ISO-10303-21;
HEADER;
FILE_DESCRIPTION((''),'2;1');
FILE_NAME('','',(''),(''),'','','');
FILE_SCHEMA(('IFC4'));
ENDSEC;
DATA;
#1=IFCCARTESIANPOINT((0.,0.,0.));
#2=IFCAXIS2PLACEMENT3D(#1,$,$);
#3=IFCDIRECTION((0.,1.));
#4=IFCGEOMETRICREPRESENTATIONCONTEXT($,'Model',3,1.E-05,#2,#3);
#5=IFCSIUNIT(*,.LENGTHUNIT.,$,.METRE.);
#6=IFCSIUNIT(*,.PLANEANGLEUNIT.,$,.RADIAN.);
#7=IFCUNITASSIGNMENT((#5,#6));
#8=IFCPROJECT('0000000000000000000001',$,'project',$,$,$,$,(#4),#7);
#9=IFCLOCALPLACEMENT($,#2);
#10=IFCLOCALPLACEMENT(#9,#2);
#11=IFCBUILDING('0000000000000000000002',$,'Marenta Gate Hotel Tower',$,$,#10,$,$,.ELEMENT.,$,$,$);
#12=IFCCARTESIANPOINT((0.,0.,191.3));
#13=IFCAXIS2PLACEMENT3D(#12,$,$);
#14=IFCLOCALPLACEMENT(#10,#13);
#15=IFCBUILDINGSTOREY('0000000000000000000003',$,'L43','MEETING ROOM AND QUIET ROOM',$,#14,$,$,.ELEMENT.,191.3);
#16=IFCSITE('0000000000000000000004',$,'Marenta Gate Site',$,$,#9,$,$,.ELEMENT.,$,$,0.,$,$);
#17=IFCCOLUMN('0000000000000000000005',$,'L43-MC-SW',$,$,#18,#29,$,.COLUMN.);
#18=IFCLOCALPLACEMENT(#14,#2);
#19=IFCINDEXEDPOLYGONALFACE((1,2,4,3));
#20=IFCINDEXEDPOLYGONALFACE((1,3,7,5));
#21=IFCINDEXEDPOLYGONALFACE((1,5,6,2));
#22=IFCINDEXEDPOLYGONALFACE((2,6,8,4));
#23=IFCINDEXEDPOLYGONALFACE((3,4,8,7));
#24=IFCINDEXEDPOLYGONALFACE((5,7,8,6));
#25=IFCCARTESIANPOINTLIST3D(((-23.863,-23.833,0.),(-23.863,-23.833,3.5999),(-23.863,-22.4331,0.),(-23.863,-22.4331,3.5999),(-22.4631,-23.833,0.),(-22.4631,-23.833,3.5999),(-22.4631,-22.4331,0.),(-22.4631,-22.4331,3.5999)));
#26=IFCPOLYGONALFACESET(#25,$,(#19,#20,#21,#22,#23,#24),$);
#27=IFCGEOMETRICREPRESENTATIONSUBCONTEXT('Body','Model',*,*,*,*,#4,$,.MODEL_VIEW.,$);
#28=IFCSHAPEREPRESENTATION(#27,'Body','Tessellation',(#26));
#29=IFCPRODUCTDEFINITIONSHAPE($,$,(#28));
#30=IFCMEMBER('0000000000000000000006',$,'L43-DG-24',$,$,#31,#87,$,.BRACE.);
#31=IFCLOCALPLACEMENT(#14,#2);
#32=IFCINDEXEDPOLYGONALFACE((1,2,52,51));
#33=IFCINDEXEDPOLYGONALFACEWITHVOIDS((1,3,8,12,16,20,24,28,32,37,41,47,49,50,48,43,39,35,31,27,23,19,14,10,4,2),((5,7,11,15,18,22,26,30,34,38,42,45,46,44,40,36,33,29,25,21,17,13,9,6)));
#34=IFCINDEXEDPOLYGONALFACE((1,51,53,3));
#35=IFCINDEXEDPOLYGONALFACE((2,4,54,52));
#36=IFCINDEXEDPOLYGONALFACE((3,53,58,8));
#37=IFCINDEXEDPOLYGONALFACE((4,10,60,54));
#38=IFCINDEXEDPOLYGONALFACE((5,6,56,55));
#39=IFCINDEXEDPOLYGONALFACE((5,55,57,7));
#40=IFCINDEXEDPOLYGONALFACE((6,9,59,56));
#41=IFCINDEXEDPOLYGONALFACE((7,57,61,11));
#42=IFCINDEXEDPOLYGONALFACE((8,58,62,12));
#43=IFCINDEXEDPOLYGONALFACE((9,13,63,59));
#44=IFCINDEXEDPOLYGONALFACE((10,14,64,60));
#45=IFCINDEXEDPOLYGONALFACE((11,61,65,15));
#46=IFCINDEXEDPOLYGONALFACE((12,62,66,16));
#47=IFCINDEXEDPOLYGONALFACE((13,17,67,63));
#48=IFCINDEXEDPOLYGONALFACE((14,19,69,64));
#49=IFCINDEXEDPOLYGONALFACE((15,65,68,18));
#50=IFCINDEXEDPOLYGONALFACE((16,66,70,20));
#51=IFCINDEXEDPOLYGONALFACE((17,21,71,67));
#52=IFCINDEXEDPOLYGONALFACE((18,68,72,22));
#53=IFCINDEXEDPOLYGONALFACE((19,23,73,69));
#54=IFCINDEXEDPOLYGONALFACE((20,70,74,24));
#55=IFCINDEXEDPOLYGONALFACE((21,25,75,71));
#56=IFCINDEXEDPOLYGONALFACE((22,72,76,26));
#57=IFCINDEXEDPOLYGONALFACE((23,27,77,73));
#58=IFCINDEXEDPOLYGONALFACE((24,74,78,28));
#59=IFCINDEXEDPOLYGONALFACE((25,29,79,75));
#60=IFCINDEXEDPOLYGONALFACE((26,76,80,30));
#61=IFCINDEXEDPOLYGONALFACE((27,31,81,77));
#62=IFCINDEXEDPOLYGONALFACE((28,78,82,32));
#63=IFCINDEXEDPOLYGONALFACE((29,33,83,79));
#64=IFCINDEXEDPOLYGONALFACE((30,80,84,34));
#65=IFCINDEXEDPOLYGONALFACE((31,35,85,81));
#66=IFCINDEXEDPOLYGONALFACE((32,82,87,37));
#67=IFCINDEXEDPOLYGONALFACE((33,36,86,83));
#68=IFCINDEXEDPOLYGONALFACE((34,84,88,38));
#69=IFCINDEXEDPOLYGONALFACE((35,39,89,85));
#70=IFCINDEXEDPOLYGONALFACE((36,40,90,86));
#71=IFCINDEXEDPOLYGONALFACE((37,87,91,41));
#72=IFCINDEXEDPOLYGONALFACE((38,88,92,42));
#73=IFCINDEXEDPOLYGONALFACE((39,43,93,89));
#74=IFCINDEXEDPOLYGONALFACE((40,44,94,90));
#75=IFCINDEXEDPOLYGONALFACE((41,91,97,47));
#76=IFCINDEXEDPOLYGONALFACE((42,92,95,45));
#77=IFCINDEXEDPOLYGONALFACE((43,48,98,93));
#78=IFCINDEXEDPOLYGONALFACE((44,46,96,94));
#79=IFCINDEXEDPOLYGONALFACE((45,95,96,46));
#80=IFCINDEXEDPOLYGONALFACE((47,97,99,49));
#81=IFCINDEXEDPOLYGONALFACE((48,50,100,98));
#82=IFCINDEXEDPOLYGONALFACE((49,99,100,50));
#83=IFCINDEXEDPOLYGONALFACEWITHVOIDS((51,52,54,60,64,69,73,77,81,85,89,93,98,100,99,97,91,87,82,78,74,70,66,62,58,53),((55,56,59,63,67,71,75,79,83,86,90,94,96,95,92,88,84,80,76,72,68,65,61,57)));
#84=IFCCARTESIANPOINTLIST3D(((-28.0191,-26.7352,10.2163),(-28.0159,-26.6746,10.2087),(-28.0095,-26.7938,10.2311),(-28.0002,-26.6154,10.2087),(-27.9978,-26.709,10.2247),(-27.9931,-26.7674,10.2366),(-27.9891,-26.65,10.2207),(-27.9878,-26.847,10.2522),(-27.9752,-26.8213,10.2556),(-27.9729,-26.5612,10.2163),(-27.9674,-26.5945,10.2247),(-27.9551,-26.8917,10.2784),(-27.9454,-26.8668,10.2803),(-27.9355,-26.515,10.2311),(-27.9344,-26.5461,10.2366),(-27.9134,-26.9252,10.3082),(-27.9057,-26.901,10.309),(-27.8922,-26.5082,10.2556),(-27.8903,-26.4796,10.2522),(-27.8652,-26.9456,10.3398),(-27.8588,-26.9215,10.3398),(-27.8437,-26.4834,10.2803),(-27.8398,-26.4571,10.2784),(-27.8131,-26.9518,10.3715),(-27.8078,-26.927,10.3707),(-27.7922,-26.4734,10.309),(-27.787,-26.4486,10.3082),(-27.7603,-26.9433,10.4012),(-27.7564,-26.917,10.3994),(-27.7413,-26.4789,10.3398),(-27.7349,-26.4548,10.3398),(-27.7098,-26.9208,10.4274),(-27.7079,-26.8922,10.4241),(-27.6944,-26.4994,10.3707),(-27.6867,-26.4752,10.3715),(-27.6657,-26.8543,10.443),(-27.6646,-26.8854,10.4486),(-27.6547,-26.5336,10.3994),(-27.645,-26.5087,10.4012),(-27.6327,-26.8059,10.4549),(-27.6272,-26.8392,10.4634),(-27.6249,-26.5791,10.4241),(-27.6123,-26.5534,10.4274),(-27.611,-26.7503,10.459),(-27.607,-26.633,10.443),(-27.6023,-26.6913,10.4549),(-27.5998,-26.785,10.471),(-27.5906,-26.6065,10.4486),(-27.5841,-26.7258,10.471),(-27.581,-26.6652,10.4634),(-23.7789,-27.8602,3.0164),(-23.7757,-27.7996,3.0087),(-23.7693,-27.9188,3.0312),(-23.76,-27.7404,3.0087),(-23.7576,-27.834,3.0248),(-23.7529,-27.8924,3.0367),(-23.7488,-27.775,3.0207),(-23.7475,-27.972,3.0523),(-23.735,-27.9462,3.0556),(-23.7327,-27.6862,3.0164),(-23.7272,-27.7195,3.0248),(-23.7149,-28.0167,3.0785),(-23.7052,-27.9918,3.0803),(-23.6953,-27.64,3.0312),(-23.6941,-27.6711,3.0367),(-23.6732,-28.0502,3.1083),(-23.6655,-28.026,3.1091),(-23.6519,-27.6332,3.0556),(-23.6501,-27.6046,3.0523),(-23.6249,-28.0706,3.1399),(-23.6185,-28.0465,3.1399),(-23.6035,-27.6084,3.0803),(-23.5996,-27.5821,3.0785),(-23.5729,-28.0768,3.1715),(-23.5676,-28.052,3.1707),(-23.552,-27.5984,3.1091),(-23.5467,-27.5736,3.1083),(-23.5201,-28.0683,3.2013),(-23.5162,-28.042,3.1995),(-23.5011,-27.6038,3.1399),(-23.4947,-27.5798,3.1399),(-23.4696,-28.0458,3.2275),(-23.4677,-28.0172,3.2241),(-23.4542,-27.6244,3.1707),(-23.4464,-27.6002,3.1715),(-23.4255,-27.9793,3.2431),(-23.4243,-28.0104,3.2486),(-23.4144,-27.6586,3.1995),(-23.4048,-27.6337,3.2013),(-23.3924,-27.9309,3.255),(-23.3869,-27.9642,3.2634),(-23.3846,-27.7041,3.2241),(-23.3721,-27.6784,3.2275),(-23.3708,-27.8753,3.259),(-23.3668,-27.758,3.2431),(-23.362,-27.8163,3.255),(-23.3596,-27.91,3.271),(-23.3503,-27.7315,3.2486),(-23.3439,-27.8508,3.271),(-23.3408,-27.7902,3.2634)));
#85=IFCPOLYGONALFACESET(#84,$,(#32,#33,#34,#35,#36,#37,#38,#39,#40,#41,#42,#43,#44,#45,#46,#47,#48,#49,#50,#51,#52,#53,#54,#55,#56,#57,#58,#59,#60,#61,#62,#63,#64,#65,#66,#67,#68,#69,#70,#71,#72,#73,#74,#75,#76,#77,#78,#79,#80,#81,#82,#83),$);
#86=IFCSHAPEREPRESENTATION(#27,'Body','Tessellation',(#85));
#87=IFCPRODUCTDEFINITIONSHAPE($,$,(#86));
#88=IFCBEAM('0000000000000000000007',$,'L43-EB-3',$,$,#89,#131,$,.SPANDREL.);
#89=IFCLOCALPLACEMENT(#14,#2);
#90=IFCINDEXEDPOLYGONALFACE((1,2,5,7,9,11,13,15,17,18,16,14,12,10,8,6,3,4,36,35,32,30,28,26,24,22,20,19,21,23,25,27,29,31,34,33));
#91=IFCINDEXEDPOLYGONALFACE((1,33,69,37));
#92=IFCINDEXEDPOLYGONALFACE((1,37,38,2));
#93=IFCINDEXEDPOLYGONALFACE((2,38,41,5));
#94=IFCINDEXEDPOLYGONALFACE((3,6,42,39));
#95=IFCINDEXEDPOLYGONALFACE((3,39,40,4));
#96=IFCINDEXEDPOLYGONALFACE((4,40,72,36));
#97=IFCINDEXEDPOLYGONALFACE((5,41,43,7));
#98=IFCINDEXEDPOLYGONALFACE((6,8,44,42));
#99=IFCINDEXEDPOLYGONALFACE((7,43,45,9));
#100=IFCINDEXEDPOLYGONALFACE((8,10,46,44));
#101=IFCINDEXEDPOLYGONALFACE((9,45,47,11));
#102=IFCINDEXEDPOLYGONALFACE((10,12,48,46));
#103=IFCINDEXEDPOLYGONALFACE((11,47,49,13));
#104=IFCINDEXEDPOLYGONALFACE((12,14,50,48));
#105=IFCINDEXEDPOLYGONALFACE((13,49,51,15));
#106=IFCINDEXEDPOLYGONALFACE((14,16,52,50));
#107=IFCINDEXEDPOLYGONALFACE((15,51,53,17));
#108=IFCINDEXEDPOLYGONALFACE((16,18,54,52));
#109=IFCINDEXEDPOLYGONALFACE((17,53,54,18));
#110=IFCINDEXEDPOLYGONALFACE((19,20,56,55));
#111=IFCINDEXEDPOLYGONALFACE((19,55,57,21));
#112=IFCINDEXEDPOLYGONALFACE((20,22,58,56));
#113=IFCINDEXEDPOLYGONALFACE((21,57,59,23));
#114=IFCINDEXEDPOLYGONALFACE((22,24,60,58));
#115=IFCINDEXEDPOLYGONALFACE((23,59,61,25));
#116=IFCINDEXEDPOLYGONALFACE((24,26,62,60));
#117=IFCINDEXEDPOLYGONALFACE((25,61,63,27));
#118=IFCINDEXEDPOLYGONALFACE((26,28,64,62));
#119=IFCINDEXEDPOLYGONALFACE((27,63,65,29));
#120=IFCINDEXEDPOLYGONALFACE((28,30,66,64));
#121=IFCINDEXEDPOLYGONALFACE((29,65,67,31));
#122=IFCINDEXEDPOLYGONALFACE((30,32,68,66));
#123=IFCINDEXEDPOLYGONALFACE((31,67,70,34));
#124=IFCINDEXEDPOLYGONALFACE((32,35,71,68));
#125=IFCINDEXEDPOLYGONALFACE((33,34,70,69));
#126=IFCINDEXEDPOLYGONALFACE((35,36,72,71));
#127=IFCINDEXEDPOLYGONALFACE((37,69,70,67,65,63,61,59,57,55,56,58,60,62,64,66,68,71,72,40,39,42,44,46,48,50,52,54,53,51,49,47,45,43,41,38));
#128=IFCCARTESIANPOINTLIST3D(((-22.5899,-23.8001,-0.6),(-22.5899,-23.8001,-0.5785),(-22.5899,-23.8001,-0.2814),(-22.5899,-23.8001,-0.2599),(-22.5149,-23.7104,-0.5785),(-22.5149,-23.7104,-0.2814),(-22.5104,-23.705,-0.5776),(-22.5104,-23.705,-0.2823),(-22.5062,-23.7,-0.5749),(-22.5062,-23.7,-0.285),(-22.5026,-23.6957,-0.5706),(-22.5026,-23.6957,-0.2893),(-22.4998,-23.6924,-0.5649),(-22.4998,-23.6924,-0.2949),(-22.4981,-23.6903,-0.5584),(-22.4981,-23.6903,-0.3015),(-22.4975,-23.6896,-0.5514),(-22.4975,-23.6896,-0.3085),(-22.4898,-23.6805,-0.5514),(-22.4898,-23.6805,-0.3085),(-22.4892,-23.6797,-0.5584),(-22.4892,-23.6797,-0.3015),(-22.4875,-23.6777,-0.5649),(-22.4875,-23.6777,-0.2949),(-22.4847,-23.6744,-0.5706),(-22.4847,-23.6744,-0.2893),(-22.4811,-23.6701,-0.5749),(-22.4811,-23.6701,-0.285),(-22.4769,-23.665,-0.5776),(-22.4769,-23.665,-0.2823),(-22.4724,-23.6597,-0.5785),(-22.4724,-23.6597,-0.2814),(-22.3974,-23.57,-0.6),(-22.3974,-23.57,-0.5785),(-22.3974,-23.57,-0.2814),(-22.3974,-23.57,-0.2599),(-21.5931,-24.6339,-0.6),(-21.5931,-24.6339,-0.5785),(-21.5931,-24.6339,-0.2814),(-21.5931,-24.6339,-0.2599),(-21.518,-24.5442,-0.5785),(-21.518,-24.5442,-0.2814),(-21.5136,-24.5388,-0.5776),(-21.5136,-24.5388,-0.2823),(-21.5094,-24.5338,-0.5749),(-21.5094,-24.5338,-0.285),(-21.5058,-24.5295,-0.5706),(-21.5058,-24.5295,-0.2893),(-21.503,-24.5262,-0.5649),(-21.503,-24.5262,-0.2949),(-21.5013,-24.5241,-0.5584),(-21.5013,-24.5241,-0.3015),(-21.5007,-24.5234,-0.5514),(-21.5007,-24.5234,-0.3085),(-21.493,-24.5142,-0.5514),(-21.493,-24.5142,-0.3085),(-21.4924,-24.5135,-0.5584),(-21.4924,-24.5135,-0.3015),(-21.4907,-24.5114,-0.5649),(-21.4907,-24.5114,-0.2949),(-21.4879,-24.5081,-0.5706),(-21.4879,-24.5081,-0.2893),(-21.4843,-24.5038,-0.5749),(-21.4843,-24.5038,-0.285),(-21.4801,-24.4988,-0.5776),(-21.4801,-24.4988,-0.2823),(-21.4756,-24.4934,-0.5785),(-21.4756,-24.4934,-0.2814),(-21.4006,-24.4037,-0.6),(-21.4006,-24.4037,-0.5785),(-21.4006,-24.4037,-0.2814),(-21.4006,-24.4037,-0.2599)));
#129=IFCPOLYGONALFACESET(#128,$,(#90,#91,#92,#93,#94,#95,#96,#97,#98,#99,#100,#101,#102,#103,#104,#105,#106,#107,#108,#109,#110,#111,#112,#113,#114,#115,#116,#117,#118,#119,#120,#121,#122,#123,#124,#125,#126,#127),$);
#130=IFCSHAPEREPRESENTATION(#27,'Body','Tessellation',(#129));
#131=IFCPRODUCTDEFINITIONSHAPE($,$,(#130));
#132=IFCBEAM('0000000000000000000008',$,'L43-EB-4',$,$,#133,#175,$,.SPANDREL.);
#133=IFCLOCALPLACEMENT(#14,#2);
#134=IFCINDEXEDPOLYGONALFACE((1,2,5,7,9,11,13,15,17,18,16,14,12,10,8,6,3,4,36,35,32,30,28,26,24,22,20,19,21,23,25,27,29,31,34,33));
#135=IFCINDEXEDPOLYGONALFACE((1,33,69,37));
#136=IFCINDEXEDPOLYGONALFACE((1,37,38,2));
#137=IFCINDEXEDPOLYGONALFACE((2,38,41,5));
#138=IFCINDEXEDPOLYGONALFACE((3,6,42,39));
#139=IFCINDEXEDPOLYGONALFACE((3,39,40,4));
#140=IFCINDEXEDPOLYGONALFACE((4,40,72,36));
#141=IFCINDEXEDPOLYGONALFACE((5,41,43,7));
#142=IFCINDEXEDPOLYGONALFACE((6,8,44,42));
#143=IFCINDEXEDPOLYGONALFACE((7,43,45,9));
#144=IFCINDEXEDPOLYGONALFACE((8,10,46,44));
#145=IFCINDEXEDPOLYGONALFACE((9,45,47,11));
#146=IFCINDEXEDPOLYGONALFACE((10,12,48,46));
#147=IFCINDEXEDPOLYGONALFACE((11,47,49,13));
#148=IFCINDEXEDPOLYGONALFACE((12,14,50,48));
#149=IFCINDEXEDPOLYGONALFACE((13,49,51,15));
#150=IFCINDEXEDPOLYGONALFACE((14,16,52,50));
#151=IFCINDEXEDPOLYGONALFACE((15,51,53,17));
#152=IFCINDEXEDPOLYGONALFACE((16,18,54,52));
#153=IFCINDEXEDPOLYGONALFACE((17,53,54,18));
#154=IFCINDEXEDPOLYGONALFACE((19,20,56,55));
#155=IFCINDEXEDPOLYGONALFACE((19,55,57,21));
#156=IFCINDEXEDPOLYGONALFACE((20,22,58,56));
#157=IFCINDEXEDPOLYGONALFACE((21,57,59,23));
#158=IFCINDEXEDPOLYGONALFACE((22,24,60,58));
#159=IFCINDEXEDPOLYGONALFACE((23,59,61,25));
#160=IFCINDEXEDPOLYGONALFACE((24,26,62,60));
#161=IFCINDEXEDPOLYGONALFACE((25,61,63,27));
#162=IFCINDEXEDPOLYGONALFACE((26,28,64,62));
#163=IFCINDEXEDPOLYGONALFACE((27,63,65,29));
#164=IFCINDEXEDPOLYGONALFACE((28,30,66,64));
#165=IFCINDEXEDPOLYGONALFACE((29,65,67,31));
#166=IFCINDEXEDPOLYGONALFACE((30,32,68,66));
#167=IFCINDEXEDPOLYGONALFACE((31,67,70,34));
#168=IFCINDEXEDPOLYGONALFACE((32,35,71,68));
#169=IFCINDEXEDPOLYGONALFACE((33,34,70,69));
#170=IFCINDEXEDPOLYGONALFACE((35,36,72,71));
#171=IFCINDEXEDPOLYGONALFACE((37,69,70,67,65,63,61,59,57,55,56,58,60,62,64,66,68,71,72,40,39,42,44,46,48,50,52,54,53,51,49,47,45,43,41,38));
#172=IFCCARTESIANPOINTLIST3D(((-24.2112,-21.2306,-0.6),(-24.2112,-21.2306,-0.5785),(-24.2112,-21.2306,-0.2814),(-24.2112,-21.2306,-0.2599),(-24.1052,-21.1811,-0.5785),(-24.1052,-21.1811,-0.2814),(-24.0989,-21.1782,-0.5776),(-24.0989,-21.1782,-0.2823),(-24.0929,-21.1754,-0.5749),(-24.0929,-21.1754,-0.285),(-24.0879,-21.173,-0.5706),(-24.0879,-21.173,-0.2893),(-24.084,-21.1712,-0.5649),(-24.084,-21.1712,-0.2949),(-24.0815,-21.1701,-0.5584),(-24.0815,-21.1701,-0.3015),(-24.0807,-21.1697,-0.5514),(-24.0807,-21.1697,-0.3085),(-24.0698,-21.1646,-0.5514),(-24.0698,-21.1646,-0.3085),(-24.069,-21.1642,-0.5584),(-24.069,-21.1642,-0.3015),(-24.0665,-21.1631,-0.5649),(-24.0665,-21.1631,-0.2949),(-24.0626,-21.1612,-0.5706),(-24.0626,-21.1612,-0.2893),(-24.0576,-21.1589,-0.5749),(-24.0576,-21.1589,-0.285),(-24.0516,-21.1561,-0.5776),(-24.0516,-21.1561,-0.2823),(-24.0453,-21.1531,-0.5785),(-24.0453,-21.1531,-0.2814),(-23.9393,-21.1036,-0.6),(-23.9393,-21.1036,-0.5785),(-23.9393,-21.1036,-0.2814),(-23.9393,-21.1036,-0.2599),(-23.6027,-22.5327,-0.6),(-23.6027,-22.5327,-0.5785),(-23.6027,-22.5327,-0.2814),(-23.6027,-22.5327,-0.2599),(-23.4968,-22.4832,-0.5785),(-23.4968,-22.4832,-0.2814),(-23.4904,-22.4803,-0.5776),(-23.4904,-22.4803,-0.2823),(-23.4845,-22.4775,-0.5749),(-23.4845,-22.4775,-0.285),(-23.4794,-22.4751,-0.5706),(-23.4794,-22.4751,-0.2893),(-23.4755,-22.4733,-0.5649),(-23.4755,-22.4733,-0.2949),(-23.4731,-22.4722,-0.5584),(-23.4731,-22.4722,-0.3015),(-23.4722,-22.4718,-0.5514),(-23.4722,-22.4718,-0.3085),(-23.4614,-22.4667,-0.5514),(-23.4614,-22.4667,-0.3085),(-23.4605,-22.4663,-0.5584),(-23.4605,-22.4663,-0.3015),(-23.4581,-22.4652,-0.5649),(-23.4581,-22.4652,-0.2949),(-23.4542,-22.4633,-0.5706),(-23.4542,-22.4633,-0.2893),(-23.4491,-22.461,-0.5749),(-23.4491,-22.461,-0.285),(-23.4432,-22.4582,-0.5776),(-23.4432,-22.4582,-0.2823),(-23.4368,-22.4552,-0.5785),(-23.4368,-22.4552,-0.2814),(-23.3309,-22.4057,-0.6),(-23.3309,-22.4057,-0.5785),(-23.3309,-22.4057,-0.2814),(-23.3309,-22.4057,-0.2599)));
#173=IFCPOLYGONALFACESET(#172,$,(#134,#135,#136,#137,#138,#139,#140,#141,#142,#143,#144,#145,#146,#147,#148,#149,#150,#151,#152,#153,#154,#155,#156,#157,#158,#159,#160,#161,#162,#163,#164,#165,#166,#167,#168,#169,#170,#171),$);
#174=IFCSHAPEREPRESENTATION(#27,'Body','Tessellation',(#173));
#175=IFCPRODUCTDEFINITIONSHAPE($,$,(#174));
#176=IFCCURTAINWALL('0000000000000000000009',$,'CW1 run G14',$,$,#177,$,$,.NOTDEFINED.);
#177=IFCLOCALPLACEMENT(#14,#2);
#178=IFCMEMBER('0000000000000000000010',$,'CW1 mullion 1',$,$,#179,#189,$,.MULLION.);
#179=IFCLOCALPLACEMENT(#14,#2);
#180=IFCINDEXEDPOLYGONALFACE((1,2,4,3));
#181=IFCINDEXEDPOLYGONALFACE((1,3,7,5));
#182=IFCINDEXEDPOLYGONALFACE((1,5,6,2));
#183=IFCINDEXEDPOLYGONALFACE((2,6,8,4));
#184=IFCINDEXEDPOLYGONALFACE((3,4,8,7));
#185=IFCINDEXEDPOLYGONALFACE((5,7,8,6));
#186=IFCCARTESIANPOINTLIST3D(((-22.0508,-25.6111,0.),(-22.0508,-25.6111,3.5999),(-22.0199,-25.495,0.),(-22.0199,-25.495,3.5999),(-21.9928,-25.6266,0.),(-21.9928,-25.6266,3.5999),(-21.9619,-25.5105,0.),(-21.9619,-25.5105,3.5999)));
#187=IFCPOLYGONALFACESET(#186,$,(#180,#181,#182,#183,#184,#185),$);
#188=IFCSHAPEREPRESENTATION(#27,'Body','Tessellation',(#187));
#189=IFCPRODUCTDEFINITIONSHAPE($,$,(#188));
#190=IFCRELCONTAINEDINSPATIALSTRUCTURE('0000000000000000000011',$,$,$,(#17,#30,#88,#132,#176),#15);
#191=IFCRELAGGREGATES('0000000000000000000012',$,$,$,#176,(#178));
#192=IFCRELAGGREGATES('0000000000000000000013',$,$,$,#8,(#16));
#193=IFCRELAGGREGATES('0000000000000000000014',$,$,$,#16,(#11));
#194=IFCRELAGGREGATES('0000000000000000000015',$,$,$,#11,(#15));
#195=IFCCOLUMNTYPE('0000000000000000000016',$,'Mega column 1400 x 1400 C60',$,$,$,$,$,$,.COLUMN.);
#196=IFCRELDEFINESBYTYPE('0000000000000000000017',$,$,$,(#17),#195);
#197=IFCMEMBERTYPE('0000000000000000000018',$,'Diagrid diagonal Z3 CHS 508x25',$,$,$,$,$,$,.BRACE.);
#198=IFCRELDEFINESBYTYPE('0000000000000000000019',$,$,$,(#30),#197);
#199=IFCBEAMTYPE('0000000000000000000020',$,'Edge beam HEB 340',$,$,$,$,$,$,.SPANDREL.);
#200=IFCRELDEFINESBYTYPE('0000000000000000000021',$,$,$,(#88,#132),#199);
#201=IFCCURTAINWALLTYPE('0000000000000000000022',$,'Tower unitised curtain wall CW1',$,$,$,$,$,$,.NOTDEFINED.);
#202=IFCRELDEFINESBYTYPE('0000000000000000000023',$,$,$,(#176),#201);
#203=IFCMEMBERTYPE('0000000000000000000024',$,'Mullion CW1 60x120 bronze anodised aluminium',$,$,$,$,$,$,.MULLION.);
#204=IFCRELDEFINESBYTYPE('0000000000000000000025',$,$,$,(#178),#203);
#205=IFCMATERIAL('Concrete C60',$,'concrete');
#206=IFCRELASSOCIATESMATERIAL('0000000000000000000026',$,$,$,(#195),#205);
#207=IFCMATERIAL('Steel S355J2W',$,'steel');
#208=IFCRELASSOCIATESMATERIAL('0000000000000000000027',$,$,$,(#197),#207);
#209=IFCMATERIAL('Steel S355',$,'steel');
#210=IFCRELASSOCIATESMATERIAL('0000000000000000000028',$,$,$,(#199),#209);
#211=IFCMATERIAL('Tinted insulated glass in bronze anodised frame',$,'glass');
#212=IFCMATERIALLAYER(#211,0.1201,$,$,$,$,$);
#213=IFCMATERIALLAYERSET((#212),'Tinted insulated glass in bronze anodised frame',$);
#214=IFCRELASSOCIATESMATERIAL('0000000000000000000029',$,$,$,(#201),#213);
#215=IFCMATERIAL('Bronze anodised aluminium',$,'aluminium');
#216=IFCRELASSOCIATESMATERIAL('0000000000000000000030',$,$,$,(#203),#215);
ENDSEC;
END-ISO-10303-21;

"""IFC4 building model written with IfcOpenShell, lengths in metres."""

from ifc_helpers import new_model, si_unit, direction, frame, origin, origin_2d, place, context, subcontext, project, spatial, rectangle, hollow_circle, i_section, extrude, material, layer, layer_set, material_profile, profile_set, type_object, element, aggregate, save


model = new_model("IFC4")

# Units and contexts
model_context = context("Model", 3, precision=1e-05, world=origin(), true_north=direction((0.0, 1.0)))
body_context = subcontext(model_context, "Body", "Model", "MODEL_VIEW")
ifc_project = project(units=[si_unit("LENGTHUNIT", "METRE"), si_unit("PLANEANGLEUNIT", "RADIAN")], contexts=[model_context])

# Site, building, storey
site_placement = place(None, origin())
site = spatial("IfcSite", under=ifc_project, at=site_placement, Name="Marenta Gate Site", CompositionType="ELEMENT", RefElevation=0.0)
building_placement = place(site_placement, origin())
building = spatial("IfcBuilding", under=site, at=building_placement, Name="Marenta Gate Hotel Tower", CompositionType="ELEMENT")
storey_placement = place(building_placement, frame((0.0, 0.0, 191.3)))
storey = spatial("IfcBuildingStorey", under=building, at=storey_placement, Name="L43", Description="MEETING ROOM AND QUIET ROOM", CompositionType="ELEMENT", Elevation=191.3)

# Column
ifc_material_1 = material(Name="Concrete C60", Category="concrete")
ifc_material_profile_1 = material_profile(ifc_material_1, rectangle(XDim=1.3999, YDim=1.3999, at=origin_2d()), Name="1400 x 1400")
ifc_profile_set_1 = profile_set([ifc_material_profile_1], Name="Concrete C60")
column_type = type_object("IfcColumnType", Name="Mega column 1400 x 1400 C60", PredefinedType="COLUMN", material=ifc_profile_set_1)
column_placement = place(storey_placement, frame((-23.1631, -23.1331, 0.0), z_axis=(0.0, 0.0, 1.0), x_axis=(1.0, 0.0, 0.0)))
element("IfcColumn", 1, at=column_placement, inside=storey, type_object=column_type, Name="L43-MC-SW", PredefinedType="COLUMN", context=body_context, shape_type="SweptSolid", body=[
    extrude(rectangle(XDim=1.3999, YDim=1.3999, at=origin_2d()), origin(), (0.0, 0.0, 1.0), 3.5999),
])

# Member
ifc_material_2 = material(Name="Steel S355J2W", Category="steel")
ifc_material_profile_2 = material_profile(ifc_material_2, hollow_circle(Radius=0.2539, WallThickness=0.0249, at=origin_2d()), Name="CHS 508x25")
ifc_profile_set_2 = profile_set([ifc_material_profile_2], Name="Steel S355J2W")
member_type_1 = type_object("IfcMemberType", Name="Diagrid diagonal Z3 CHS 508x25", PredefinedType="BRACE", material=ifc_profile_set_2)
member_1_placement = place(storey_placement, frame((-23.5598, -27.8252, 3.1399), z_axis=(-0.502924, 0.133434, 0.853969), x_axis=(-0.256443, -0.966559, 0.0)))
element("IfcMember", 2, at=member_1_placement, inside=storey, type_object=member_type_1, Name="L43-DG-24", PredefinedType="BRACE", context=body_context, shape_type="SweptSolid", body=[
    extrude(hollow_circle(Radius=0.2539, WallThickness=0.0249, at=origin_2d()), origin(), (0.0, 0.0, 1.0), 8.4312),
])

# Beams
ifc_material_3 = material(Name="Steel S355", Category="steel")
ifc_material_profile_3 = material_profile(ifc_material_3, i_section(OverallWidth=0.3, OverallDepth=0.3401, WebThickness=0.012, FlangeThickness=0.0215, FilletRadius=0.0271, at=origin_2d()), Name="HEB 340")
ifc_profile_set_3 = profile_set([ifc_material_profile_3], Name="Steel S355")
beam_type = type_object("IfcBeamType", Name="Edge beam HEB 340", PredefinedType="SPANDREL", material=ifc_profile_set_3)
beam_1_placement = place(storey_placement, frame((-21.4968, -24.5188, -0.4299), z_axis=(-0.767065, 0.641569, 0.0), x_axis=(-0.641569, -0.767065, 0.0)))
element("IfcBeam", 3, at=beam_1_placement, inside=storey, type_object=beam_type, Name="L43-EB-3", PredefinedType="SPANDREL", context=body_context, shape_type="SweptSolid", body=[
    extrude(i_section(OverallWidth=0.3, OverallDepth=0.3401, WebThickness=0.012, FlangeThickness=0.0215, FilletRadius=0.0271, at=origin_2d()), origin(), (0.0, 0.0, 1.0), 1.2996),
])
beam_2_placement = place(storey_placement, frame((-23.4668, -22.4692, -0.4299), z_axis=(-0.423341, 0.90597, 0.0), x_axis=(-0.90597, -0.423341, 0.0)))
element("IfcBeam", 4, at=beam_2_placement, inside=storey, type_object=beam_type, Name="L43-EB-4", PredefinedType="SPANDREL", context=body_context, shape_type="SweptSolid", body=[
    extrude(i_section(OverallWidth=0.3, OverallDepth=0.3401, WebThickness=0.012, FlangeThickness=0.0215, FilletRadius=0.0271, at=origin_2d()), origin(), (0.0, 0.0, 1.0), 1.4373),
])

# Curtain wall, member
ifc_material_4 = material(Name="Tinted insulated glass in bronze anodised frame", Category="glass")
ifc_layer_1 = layer(ifc_material_4, 0.1201)
ifc_layer_set_1 = layer_set([ifc_layer_1], Name="Tinted insulated glass in bronze anodised frame")
curtain_wall_type = type_object("IfcCurtainWallType", Name="Tower unitised curtain wall CW1", PredefinedType="NOTDEFINED", material=ifc_layer_set_1)
curtain_wall_1_placement = place(storey_placement, origin())
curtain_wall_1 = element("IfcCurtainWall", 5, at=curtain_wall_1_placement, inside=storey, type_object=curtain_wall_type, Name="CW1 run G14", PredefinedType="NOTDEFINED")
ifc_material_5 = material(Name="Bronze anodised aluminium", Category="aluminium")
ifc_material_profile_4 = material_profile(ifc_material_5, rectangle(XDim=0.1201, YDim=0.0601, at=origin_2d()), Name="Mullion CW1 60x120 bronze anodised aluminium")
ifc_profile_set_4 = profile_set([ifc_material_profile_4], Name="Bronze anodised aluminium")
member_type_2 = type_object("IfcMemberType", Name="Mullion CW1 60x120 bronze anodised aluminium", PredefinedType="MULLION", material=ifc_profile_set_4)
member_2_placement = place(storey_placement, frame((-22.0063, -25.5608, 0.0), z_axis=(0.0, 0.0, 1.0), x_axis=(0.257136, 0.966375, 0.0)))
member_2 = element("IfcMember", 6, at=member_2_placement, type_object=member_type_2, Name="CW1 mullion 1", PredefinedType="MULLION", context=body_context, shape_type="SweptSolid", body=[
    extrude(rectangle(XDim=0.1201, YDim=0.0601, at=origin_2d()), origin(), (0.0, 0.0, 1.0), 3.5999),
])
aggregate(curtain_wall_1, [member_2])

save(model, "model.ifc")
